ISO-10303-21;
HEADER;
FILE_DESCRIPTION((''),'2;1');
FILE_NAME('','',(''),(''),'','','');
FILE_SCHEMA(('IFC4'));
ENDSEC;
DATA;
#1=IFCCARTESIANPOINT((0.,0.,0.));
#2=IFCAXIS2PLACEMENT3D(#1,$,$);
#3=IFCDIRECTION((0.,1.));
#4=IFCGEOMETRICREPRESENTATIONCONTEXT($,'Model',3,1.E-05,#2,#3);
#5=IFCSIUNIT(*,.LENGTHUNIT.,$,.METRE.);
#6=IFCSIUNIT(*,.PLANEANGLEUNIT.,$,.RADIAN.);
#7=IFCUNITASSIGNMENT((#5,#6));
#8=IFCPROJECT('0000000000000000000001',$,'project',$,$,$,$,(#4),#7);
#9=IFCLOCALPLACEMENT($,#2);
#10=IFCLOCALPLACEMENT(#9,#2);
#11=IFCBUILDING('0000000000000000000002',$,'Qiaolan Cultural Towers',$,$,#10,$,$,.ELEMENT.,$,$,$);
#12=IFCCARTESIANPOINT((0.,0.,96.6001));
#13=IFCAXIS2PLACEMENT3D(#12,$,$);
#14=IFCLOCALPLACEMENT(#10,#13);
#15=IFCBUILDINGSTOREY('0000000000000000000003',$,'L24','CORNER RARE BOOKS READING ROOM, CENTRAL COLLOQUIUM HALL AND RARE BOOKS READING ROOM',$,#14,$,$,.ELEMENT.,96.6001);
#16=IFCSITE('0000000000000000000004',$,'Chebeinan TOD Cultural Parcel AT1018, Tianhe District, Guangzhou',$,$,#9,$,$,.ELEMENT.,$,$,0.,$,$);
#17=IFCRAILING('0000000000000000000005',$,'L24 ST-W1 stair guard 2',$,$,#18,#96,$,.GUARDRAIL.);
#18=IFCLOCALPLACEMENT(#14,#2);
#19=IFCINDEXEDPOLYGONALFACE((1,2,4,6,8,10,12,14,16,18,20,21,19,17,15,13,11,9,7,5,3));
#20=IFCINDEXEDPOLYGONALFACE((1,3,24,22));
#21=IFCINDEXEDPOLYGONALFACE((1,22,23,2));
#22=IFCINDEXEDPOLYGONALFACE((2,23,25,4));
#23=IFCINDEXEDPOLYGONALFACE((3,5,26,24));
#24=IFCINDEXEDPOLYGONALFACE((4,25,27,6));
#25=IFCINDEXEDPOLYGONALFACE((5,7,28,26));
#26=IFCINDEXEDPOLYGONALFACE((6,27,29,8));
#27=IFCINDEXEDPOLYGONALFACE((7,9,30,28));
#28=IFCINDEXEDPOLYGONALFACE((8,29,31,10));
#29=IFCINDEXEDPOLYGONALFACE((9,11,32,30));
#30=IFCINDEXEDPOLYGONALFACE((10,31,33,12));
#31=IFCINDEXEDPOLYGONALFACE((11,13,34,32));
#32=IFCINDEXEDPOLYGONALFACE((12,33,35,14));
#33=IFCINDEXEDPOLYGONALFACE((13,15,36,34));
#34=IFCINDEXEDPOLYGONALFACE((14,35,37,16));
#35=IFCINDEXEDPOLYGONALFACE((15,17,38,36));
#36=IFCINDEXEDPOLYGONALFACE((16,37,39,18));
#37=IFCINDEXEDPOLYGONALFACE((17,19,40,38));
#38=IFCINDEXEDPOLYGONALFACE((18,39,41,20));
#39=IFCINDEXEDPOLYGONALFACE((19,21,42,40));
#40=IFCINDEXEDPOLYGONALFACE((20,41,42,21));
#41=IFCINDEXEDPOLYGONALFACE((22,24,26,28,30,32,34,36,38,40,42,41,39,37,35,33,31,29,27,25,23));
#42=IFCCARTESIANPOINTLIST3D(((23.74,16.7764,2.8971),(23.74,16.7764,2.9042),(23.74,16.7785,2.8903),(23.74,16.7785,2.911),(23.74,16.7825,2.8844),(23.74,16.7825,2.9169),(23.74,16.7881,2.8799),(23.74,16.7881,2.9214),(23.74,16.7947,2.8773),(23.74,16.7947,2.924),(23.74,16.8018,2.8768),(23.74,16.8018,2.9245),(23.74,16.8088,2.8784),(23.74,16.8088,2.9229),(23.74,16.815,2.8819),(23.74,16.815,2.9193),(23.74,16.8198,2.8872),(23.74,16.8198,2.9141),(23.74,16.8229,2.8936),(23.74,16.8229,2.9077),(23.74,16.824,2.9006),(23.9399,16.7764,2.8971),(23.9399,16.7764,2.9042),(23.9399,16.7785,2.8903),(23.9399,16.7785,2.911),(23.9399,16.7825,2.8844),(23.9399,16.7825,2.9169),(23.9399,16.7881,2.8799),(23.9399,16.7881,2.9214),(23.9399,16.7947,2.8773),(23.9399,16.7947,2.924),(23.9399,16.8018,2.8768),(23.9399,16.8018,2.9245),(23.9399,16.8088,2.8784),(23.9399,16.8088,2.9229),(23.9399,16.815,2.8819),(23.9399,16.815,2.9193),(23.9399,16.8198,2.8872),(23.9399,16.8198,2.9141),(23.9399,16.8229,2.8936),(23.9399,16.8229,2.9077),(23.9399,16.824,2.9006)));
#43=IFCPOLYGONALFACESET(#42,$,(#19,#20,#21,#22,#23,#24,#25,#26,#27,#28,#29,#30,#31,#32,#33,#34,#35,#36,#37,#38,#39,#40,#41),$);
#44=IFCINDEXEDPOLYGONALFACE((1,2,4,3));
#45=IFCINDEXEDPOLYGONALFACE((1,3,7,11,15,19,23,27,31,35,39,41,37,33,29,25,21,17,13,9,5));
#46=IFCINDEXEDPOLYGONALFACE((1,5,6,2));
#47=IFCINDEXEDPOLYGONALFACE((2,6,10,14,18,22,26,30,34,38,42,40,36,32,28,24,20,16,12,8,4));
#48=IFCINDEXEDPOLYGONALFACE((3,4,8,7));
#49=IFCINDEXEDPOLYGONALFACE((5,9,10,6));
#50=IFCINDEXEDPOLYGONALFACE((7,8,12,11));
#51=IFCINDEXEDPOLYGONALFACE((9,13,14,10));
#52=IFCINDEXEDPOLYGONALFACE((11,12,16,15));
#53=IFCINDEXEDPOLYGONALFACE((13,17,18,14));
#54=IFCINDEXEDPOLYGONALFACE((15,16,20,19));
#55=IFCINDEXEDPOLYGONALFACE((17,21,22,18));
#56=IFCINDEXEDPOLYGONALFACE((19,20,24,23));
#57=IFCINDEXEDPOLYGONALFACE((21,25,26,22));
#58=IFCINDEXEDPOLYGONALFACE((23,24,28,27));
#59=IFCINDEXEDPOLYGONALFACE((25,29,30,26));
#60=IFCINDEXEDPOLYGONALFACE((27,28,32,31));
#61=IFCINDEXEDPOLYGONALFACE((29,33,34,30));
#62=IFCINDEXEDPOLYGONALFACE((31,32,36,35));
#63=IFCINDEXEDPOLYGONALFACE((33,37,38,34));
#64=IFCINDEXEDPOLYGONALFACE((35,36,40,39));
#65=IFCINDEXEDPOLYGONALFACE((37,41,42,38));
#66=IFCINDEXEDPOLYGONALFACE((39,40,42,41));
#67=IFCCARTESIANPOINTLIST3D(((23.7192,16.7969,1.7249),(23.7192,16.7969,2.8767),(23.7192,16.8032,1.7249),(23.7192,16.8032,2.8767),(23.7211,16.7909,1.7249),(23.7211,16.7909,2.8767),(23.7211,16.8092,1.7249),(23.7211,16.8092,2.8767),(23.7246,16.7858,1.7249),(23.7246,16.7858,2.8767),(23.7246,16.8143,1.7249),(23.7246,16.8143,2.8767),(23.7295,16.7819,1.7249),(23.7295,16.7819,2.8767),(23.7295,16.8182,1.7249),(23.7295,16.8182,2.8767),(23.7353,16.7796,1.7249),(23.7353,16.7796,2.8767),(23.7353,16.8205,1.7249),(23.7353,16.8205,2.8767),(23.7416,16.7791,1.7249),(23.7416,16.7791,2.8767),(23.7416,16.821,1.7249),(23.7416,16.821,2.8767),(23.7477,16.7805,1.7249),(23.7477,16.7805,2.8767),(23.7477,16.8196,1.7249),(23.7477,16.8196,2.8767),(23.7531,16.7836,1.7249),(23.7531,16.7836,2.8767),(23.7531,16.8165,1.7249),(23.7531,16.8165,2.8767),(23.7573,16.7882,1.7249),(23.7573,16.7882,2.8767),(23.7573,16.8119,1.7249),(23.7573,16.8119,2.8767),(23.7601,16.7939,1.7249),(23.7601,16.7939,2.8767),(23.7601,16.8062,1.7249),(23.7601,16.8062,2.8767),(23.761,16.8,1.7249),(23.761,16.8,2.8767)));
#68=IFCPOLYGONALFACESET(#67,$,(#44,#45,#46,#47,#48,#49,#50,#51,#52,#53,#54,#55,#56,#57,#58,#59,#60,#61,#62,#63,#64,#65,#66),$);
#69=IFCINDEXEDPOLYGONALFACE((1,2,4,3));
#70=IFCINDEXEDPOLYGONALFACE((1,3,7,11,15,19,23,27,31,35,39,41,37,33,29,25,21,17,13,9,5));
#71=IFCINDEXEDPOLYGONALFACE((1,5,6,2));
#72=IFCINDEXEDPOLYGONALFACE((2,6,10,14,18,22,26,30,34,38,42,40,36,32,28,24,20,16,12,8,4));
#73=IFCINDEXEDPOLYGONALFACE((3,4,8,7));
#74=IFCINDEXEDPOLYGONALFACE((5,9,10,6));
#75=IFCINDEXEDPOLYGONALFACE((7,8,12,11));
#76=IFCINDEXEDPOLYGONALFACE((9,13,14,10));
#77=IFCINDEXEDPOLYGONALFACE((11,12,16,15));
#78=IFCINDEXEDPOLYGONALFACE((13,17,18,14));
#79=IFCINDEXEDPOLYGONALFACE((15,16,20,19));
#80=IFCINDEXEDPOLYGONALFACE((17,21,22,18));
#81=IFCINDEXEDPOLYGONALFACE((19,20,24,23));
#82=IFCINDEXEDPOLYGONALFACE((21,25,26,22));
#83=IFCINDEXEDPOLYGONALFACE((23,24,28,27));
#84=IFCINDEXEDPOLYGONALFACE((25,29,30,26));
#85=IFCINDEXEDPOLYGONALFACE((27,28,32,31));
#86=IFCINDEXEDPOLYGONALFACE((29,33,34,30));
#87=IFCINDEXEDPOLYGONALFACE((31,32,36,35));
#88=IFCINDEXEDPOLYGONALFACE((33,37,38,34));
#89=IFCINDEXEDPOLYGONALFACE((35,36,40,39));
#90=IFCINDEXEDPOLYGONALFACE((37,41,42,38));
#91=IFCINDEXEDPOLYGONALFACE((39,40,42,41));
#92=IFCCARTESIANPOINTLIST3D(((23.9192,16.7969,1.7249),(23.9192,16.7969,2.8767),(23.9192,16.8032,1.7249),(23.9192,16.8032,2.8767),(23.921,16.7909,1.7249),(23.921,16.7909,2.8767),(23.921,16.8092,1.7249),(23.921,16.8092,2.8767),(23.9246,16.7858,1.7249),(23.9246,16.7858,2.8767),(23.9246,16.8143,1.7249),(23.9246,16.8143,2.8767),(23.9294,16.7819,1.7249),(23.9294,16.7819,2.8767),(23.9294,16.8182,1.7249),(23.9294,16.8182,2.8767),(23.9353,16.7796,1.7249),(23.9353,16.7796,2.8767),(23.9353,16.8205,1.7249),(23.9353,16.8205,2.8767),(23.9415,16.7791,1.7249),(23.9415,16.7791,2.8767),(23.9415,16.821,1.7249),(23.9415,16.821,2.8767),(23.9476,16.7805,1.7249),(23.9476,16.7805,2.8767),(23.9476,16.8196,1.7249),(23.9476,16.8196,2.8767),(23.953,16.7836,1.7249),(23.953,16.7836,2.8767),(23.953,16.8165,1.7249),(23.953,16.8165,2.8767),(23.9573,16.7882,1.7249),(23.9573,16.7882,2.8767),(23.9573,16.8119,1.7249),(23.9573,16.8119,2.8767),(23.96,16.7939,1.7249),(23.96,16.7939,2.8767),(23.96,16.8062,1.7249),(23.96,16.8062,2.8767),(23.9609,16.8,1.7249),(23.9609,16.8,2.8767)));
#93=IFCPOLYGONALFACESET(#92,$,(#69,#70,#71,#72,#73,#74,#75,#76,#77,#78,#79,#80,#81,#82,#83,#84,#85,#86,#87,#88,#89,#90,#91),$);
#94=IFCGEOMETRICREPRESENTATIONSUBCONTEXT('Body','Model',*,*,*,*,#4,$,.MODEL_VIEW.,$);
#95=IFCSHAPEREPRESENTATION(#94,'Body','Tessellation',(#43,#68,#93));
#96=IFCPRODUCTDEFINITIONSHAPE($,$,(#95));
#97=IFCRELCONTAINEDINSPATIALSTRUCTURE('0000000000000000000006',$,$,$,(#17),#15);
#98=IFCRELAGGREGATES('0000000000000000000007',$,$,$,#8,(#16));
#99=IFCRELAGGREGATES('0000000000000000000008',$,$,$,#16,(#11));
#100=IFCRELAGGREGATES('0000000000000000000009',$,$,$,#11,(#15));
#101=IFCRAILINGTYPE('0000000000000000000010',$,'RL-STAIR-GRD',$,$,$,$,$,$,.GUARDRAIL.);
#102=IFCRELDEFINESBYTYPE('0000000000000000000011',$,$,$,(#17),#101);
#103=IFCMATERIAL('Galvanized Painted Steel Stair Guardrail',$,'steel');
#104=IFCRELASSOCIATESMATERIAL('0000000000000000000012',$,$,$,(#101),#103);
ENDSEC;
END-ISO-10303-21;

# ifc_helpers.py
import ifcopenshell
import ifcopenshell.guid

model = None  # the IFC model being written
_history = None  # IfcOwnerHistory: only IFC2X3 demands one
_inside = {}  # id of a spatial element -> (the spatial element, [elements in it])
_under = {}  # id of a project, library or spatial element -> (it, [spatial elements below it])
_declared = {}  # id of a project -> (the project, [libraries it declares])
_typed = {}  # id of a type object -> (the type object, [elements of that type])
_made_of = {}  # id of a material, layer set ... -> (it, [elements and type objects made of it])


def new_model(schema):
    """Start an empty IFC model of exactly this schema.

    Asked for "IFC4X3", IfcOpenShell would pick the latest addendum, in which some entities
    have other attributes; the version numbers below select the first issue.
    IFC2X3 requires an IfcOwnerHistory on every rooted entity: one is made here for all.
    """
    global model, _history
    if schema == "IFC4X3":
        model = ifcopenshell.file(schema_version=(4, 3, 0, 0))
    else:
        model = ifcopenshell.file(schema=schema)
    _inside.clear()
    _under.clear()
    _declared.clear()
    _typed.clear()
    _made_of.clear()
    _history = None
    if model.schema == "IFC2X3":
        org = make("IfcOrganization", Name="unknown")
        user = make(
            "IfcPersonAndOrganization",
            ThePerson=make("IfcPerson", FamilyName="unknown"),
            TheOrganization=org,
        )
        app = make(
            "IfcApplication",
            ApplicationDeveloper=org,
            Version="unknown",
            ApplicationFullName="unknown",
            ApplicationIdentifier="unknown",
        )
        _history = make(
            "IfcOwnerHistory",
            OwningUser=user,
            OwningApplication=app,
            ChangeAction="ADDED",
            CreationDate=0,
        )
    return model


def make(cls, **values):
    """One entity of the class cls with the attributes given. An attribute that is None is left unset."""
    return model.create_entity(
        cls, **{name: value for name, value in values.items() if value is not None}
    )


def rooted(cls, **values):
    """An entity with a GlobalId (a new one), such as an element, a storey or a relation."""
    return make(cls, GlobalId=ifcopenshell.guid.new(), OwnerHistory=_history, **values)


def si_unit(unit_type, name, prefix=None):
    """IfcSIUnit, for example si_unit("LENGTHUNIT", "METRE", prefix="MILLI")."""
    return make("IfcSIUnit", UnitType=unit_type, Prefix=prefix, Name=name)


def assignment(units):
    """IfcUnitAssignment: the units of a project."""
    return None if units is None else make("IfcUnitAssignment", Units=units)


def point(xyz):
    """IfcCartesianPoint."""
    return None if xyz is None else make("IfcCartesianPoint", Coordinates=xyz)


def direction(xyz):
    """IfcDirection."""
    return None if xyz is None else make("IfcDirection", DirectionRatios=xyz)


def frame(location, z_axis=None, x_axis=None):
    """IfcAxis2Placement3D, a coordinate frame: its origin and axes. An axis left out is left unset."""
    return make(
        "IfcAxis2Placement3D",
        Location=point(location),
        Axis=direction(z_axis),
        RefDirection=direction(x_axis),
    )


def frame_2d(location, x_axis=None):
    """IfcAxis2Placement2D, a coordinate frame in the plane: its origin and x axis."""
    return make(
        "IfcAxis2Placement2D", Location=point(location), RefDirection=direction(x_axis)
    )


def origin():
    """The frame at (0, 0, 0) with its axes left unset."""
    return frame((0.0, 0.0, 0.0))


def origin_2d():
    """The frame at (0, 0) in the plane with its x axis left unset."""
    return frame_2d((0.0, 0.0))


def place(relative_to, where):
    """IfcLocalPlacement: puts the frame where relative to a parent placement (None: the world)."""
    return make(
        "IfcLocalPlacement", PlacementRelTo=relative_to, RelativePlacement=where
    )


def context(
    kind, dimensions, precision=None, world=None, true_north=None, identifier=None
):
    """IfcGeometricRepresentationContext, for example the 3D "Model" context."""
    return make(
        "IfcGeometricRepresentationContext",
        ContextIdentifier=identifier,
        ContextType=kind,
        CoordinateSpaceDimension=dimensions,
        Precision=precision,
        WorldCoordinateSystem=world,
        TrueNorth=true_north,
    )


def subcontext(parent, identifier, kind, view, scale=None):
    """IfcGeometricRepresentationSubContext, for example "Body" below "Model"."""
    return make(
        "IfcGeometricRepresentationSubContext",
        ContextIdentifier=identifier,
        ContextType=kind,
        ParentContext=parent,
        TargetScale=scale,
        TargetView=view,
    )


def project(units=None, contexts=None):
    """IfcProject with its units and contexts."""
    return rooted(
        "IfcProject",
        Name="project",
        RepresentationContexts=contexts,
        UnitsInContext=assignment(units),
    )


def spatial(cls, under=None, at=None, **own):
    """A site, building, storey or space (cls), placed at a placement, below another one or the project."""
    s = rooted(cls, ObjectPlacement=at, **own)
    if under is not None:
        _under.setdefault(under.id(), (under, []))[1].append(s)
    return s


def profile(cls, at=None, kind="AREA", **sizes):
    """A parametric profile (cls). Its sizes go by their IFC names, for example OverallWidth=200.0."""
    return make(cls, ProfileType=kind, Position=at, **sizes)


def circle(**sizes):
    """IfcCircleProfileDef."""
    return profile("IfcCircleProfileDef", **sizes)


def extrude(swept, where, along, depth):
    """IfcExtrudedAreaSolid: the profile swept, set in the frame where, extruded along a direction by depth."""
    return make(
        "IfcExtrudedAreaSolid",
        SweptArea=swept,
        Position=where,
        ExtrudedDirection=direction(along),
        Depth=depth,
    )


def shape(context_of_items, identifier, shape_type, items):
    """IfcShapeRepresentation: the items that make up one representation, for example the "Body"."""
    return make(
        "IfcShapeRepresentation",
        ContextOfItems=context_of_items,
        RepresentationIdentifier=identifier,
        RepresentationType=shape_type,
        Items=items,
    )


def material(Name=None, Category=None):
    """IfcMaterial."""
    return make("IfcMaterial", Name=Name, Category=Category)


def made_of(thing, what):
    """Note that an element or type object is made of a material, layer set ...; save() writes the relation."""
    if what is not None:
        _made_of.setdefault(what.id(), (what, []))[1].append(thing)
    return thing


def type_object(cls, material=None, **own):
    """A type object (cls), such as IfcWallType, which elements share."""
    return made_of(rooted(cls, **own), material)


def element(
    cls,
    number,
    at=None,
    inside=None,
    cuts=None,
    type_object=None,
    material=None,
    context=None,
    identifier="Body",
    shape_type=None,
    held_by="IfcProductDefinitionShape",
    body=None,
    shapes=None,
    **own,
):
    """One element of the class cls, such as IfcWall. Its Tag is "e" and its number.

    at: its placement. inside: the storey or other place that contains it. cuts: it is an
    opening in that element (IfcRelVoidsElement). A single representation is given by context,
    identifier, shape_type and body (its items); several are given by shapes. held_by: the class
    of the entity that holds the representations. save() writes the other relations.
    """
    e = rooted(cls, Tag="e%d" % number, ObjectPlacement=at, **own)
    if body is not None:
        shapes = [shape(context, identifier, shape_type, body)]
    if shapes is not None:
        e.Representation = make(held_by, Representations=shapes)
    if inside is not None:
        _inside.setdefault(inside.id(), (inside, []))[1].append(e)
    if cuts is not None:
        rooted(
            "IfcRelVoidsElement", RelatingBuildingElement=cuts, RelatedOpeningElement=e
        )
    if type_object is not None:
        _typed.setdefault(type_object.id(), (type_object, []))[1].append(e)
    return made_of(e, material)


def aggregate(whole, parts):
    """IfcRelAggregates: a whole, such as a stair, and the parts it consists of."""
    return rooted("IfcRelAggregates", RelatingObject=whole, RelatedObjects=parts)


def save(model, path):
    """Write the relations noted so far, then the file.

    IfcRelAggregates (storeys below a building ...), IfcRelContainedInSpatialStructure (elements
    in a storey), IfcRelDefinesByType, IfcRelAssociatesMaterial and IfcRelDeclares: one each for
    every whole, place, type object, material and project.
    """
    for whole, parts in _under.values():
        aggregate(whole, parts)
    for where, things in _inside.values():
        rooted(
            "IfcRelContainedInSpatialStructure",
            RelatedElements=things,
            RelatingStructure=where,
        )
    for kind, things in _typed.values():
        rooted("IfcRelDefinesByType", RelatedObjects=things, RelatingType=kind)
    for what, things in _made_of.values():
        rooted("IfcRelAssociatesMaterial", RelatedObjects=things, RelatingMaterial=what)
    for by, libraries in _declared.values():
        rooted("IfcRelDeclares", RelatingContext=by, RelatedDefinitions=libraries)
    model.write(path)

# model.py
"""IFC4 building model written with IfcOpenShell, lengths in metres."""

from ifc_helpers import new_model, si_unit, direction, frame, origin, origin_2d, place, context, subcontext, project, spatial, circle, extrude, material, type_object, element, save


model = new_model("IFC4")

# Units and contexts
model_context = context("Model", 3, precision=1e-05, world=origin(), true_north=direction((0.0, 1.0)))
body_context = subcontext(model_context, "Body", "Model", "MODEL_VIEW")
ifc_project = project(units=[si_unit("LENGTHUNIT", "METRE"), si_unit("PLANEANGLEUNIT", "RADIAN")], contexts=[model_context])

# Site, building, storey
site_placement = place(None, origin())
site = spatial("IfcSite", under=ifc_project, at=site_placement, Name="Chebeinan TOD Cultural Parcel AT1018, Tianhe District, Guangzhou", CompositionType="ELEMENT", RefElevation=0.0)
building_placement = place(site_placement, origin())
building = spatial("IfcBuilding", under=site, at=building_placement, Name="Qiaolan Cultural Towers", CompositionType="ELEMENT")
storey_placement = place(building_placement, frame((0.0, 0.0, 96.6001)))
storey = spatial("IfcBuildingStorey", under=building, at=storey_placement, Name="L24", Description="CORNER RARE BOOKS READING ROOM, CENTRAL COLLOQUIUM HALL AND RARE BOOKS READING ROOM", CompositionType="ELEMENT", Elevation=96.6001)

# Railing
ifc_material_1 = material(Name="Galvanized Painted Steel Stair Guardrail", Category="steel")
railing_type_1 = type_object("IfcRailingType", Name="RL-STAIR-GRD", PredefinedType="GUARDRAIL", material=ifc_material_1)
railing_1_placement = place(storey_placement, frame((23.74, 16.8, 1.7249)))
element("IfcRailing", 1, at=railing_1_placement, inside=storey, type_object=railing_type_1, Name="L24 ST-W1 stair guard 2", PredefinedType="GUARDRAIL", context=body_context, shape_type="SweptSolid", body=[
    extrude(circle(Radius=0.0239, at=origin_2d()), frame((0.0, 0.0, 1.1758), z_axis=(1.0, 0.0, 0.0), x_axis=(0.0, 1.0, 0.0)), (0.0, 0.0, 1.0), 0.2),
    extrude(circle(Radius=0.021, at=origin_2d()), origin(), (0.0, 0.0, 1.0), 1.1519),
    extrude(circle(Radius=0.021, at=origin_2d()), frame((0.2, 0.0, 0.0)), (0.0, 0.0, 1.0), 1.1519),
])

save(model, "model.ifc")
